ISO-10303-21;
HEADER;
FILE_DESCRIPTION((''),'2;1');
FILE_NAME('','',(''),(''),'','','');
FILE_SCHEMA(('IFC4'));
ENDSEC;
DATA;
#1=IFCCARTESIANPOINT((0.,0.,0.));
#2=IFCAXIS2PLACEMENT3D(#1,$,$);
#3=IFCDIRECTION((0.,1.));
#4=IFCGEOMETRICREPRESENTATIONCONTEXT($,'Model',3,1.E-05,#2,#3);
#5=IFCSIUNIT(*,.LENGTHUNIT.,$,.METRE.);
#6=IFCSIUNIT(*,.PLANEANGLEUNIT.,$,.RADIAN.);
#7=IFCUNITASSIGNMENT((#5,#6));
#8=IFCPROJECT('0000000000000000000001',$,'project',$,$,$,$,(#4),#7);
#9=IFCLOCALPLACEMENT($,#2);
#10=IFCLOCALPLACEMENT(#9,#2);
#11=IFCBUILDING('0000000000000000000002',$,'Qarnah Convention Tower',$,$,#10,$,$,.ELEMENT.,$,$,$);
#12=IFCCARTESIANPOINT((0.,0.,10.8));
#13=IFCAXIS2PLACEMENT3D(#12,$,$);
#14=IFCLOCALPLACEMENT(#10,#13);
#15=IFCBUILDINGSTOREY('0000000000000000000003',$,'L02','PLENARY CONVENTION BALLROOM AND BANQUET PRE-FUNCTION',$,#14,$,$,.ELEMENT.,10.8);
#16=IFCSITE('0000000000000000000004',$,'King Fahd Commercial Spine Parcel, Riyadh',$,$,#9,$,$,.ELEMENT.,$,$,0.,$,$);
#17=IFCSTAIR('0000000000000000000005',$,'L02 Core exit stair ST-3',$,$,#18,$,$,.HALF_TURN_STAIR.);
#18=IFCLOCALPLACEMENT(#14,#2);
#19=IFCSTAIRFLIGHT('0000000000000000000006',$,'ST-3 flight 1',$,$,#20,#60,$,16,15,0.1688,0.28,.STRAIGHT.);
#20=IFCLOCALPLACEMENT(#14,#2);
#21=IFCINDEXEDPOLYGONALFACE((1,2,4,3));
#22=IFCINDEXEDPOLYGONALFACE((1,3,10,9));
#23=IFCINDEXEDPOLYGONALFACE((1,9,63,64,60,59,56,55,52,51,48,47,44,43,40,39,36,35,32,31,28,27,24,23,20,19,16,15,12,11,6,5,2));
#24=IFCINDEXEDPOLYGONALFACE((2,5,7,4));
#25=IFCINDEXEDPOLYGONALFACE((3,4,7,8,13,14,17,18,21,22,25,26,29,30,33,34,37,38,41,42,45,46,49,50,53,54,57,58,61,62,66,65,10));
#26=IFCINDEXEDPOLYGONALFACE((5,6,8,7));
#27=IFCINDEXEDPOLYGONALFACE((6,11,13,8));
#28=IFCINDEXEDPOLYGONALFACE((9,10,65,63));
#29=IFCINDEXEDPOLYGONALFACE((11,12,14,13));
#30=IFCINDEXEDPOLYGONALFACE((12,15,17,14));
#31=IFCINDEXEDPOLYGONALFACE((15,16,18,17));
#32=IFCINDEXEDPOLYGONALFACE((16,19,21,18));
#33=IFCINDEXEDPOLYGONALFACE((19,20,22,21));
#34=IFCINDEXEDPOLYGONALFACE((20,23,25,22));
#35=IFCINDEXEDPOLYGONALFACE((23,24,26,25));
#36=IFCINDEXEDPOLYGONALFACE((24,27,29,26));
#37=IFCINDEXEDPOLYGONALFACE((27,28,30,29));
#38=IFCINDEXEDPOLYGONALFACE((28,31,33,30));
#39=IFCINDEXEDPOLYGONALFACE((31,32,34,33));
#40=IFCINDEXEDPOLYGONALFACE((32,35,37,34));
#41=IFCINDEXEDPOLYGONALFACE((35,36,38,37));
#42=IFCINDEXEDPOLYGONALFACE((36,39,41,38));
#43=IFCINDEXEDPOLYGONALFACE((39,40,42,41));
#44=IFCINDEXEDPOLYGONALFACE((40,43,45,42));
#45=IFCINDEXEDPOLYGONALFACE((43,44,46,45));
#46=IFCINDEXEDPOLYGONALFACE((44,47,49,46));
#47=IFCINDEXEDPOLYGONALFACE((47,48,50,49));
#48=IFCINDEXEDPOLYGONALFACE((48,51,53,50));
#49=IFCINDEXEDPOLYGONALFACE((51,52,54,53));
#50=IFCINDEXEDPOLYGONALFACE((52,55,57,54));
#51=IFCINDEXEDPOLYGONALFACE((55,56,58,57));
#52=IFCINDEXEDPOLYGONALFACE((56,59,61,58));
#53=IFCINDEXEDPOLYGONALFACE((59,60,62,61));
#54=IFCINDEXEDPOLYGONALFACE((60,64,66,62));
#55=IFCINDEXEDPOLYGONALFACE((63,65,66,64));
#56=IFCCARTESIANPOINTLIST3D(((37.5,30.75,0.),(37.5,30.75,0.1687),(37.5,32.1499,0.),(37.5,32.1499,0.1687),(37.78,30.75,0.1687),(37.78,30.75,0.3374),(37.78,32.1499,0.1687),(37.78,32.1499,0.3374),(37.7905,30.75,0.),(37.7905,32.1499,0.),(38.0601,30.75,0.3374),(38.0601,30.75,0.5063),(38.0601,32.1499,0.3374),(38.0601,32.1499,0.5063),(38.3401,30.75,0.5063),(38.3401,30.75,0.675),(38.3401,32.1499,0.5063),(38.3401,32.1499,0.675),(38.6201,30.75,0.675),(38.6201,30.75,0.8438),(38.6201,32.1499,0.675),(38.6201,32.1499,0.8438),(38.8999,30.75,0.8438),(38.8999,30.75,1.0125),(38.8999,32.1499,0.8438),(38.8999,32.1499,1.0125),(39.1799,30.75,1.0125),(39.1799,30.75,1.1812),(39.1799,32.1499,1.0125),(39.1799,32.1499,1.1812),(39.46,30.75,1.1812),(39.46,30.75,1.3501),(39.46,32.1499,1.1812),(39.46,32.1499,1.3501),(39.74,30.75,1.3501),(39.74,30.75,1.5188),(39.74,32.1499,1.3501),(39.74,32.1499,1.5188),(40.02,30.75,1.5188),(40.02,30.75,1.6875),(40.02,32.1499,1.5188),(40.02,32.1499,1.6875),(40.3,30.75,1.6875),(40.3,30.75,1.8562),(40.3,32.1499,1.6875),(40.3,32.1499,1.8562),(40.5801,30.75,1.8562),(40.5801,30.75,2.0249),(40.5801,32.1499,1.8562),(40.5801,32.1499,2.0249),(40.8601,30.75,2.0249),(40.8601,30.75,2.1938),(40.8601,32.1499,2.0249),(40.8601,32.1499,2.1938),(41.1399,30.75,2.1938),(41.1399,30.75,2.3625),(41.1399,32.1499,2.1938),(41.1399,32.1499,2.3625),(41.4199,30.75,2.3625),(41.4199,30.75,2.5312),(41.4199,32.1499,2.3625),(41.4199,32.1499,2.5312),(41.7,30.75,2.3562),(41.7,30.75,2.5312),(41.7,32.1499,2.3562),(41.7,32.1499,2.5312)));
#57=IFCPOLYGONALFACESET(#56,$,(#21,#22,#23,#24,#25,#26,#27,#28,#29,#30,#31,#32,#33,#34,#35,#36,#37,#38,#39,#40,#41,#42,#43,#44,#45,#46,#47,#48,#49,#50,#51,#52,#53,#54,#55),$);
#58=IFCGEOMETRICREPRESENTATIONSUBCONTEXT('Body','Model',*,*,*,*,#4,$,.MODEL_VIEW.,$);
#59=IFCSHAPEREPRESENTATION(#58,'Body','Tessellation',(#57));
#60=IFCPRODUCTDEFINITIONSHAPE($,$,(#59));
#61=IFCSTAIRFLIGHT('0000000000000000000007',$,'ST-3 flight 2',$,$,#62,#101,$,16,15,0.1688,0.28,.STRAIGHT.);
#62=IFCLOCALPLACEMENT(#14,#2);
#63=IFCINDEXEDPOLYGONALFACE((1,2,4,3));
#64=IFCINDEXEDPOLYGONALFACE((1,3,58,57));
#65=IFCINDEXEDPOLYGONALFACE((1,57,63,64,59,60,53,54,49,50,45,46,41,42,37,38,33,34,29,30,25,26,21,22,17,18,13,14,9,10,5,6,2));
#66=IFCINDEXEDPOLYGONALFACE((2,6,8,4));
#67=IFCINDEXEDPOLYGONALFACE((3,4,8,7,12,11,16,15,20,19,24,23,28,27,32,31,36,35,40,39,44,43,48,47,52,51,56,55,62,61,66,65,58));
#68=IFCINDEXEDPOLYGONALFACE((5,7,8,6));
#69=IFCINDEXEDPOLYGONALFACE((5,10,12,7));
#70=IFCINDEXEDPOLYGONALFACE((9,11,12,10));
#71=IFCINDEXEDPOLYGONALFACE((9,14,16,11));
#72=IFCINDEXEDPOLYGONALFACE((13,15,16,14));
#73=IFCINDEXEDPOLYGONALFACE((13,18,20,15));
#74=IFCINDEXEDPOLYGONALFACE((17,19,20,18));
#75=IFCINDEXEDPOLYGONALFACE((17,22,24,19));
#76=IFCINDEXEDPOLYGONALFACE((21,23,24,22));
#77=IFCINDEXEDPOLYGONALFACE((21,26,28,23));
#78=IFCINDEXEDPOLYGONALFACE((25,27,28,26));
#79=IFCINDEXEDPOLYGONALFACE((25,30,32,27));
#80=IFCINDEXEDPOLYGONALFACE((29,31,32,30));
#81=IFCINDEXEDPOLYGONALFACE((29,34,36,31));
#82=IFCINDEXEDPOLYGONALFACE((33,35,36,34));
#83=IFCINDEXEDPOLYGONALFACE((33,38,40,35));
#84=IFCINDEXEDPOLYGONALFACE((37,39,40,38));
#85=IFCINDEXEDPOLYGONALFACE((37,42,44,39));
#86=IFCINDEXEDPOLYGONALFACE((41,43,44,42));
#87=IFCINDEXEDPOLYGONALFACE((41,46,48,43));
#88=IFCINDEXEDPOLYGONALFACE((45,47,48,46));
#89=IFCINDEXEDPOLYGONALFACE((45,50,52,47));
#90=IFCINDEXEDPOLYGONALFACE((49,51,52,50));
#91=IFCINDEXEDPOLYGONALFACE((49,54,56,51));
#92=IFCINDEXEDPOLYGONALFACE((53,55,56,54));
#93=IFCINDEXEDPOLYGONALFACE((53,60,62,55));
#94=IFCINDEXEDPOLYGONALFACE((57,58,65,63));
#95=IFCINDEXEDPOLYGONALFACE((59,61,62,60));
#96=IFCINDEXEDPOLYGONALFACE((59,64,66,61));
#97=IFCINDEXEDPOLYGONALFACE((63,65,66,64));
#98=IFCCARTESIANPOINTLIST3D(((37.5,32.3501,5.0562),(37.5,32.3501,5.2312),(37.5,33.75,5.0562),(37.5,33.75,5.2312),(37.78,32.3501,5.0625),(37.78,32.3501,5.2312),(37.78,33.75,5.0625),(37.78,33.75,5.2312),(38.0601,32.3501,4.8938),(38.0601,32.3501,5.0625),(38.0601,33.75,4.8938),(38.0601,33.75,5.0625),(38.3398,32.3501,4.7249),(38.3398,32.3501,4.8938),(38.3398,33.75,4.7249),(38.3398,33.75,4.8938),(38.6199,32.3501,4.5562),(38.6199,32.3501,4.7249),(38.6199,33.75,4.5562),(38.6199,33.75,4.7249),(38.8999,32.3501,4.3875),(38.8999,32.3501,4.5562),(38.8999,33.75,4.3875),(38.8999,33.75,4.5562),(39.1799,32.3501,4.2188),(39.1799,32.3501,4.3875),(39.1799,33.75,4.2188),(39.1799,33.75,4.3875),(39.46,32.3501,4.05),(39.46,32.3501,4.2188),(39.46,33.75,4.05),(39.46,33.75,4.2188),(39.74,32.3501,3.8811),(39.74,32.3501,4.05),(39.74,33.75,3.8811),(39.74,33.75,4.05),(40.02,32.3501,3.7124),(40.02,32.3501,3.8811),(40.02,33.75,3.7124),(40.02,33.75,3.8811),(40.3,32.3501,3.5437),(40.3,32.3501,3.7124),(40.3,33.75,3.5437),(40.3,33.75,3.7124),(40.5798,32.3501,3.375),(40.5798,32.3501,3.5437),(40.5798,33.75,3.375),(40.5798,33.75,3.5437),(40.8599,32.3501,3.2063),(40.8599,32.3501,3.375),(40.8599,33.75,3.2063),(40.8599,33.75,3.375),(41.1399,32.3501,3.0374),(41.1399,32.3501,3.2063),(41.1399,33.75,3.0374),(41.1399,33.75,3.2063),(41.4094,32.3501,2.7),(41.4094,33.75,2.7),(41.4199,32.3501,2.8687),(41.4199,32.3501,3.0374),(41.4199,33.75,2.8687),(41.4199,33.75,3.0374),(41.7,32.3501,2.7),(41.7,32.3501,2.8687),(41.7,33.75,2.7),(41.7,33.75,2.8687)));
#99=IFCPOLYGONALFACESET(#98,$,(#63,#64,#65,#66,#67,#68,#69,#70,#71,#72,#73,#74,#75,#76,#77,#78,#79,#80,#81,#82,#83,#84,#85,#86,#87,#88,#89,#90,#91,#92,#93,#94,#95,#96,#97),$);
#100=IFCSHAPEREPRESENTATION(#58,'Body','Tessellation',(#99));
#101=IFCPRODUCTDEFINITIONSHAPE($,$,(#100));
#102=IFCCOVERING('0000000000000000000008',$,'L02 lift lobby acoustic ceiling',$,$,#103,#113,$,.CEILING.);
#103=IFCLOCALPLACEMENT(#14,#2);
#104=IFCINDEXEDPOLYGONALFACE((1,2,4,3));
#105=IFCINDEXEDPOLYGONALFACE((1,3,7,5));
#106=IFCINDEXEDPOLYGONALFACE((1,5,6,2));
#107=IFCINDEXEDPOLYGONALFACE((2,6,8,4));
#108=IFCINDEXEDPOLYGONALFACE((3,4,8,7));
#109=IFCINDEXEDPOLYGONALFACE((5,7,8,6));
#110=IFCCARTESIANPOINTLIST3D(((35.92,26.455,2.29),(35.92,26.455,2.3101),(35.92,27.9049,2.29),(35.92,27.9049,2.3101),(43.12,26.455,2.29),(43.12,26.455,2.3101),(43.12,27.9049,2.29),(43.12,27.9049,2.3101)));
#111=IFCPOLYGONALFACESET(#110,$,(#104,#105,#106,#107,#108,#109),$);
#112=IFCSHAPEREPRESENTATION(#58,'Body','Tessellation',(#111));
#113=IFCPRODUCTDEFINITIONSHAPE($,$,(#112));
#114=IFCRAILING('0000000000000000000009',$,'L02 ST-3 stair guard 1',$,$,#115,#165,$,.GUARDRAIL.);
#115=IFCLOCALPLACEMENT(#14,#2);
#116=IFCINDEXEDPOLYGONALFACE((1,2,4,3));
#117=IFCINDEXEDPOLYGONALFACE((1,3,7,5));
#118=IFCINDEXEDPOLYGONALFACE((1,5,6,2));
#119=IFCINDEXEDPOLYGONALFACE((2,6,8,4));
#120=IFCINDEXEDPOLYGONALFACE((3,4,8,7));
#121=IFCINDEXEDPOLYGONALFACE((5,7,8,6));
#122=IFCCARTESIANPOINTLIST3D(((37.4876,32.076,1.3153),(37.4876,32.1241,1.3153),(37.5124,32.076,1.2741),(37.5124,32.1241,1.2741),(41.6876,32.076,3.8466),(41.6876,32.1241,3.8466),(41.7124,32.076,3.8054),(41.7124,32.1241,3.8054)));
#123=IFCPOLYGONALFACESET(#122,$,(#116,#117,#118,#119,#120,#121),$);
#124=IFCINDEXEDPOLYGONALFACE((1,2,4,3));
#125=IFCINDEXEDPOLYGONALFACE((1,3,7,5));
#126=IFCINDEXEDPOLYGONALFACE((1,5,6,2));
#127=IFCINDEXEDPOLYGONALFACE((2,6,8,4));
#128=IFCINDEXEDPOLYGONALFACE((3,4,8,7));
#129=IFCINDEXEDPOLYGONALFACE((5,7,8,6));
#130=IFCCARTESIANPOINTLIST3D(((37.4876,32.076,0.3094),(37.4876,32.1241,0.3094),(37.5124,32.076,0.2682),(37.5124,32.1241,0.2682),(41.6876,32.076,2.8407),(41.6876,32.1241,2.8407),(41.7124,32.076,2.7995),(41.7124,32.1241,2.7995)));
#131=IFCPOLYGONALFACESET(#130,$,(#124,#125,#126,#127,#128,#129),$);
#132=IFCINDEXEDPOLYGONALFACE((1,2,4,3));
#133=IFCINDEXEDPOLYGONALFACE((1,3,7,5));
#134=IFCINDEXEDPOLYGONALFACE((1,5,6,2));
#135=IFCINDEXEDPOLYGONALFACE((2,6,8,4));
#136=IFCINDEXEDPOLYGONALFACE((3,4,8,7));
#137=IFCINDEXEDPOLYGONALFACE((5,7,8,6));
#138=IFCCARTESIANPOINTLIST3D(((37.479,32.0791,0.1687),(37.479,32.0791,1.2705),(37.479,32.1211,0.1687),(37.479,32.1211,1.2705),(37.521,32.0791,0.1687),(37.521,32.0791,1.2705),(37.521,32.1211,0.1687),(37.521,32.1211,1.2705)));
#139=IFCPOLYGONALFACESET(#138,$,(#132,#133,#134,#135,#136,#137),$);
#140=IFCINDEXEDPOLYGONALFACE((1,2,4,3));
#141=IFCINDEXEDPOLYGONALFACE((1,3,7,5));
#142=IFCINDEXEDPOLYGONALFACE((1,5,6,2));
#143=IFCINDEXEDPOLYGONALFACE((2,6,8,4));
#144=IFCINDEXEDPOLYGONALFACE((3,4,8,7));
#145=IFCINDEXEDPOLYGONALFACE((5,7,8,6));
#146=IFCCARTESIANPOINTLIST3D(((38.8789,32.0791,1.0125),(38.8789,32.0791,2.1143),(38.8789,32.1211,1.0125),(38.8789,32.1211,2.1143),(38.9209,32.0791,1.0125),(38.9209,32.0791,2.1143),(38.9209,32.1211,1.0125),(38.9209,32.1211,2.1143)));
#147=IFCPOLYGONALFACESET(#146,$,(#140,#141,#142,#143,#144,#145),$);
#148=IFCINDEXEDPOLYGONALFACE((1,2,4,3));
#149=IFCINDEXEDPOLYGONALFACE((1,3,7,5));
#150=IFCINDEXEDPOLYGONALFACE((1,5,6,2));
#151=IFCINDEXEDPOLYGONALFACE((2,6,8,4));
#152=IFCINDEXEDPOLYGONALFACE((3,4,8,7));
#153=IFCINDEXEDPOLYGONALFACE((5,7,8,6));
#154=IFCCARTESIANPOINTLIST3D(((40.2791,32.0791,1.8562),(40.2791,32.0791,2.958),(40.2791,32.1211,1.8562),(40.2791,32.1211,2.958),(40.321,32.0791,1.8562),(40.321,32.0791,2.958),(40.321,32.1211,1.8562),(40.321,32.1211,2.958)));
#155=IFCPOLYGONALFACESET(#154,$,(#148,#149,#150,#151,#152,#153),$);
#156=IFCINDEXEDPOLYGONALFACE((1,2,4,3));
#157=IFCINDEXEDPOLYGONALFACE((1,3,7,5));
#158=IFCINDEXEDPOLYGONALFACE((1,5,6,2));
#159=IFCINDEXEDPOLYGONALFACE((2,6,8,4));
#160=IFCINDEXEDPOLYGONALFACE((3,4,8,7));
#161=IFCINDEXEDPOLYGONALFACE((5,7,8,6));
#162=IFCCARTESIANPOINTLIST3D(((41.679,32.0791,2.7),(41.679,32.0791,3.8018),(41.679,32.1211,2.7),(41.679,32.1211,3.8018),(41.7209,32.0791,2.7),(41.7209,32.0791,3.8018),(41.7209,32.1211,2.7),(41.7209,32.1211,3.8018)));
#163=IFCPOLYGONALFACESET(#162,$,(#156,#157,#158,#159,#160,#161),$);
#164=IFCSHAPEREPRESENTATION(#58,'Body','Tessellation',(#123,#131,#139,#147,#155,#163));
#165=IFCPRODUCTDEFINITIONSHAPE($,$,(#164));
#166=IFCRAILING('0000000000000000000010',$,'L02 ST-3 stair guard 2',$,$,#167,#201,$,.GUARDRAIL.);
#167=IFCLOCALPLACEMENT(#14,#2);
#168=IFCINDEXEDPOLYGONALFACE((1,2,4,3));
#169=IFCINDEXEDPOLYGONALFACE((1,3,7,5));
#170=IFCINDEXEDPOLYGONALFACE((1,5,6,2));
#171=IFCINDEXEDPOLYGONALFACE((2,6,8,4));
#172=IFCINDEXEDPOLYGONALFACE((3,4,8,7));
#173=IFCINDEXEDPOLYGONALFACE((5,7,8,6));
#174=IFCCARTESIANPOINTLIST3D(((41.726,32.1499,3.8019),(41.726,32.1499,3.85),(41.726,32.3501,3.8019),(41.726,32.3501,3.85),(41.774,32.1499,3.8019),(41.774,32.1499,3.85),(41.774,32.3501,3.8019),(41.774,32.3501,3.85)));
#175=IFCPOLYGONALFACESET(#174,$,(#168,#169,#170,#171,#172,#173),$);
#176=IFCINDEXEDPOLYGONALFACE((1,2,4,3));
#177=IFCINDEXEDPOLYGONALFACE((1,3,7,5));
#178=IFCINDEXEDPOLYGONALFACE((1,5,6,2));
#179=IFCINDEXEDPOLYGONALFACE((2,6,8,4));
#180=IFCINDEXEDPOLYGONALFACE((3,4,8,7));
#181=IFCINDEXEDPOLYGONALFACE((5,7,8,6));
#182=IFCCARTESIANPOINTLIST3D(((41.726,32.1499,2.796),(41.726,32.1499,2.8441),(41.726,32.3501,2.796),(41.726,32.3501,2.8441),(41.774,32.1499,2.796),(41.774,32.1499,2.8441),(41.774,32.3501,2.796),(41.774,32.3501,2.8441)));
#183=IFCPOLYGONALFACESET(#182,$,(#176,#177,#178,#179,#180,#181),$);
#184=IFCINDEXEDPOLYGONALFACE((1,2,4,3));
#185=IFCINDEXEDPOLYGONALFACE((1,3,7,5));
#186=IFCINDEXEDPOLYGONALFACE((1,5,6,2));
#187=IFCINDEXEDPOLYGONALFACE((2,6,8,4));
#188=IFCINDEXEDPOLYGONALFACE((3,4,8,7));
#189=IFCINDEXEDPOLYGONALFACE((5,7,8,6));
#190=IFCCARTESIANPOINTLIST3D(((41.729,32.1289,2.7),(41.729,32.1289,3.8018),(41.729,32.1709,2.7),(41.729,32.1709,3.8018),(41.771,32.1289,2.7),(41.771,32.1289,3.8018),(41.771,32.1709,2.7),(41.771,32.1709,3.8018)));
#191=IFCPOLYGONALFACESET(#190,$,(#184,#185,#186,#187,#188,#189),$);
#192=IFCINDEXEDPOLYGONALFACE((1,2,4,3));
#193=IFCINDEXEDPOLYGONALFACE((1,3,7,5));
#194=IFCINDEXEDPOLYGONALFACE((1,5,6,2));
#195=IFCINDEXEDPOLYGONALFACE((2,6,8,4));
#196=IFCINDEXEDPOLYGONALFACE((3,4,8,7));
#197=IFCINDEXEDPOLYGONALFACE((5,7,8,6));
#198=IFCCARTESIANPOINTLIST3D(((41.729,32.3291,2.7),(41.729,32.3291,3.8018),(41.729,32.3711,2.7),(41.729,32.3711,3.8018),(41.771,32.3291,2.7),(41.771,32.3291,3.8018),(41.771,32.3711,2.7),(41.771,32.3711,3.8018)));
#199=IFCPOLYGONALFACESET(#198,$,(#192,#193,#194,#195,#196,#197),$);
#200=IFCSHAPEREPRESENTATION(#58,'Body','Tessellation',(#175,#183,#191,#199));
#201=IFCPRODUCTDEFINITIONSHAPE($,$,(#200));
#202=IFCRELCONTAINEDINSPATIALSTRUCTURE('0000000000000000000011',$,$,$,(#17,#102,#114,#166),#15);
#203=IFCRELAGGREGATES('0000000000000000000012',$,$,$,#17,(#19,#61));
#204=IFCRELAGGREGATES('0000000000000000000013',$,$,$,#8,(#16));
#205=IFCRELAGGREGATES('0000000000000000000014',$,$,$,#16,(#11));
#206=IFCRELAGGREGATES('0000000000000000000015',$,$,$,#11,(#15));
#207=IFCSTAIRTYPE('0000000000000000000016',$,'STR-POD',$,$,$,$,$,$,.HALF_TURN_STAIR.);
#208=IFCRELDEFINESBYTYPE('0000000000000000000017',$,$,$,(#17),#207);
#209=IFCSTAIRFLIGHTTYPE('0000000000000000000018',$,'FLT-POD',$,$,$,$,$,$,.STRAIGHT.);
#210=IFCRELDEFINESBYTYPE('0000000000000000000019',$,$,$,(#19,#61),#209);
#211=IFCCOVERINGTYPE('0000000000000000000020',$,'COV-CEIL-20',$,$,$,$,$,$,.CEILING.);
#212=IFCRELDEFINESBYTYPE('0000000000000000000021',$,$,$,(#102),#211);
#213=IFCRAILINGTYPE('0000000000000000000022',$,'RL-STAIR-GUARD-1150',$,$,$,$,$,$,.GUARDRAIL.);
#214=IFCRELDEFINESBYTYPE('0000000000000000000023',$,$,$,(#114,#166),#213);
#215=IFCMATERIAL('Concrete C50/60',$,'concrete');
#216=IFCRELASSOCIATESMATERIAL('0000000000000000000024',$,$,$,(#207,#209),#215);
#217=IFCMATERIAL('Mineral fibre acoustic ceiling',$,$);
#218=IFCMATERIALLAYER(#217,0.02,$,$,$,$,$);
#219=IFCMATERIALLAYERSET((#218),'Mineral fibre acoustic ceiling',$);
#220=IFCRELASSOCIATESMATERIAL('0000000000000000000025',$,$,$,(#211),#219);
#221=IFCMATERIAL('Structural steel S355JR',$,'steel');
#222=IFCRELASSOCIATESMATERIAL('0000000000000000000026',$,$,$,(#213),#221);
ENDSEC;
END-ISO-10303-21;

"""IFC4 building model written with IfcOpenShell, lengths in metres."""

from ifc_helpers import new_model, si_unit, direction, frame, origin, origin_2d, place, context, subcontext, project, spatial, polyline, rectangle, outline, extrude, material, layer, layer_set, type_object, element, aggregate, save


model = new_model("IFC4")

# Units and contexts
model_context = context("Model", 3, precision=1e-05, world=origin(), true_north=direction((0.0, 1.0)))
body_context = subcontext(model_context, "Body", "Model", "MODEL_VIEW")
ifc_project = project(units=[si_unit("LENGTHUNIT", "METRE"), si_unit("PLANEANGLEUNIT", "RADIAN")], contexts=[model_context])

# Site, building, storey
site_placement = place(None, origin())
site = spatial("IfcSite", under=ifc_project, at=site_placement, Name="King Fahd Commercial Spine Parcel, Riyadh", CompositionType="ELEMENT", RefElevation=0.0)
building_placement = place(site_placement, origin())
building = spatial("IfcBuilding", under=site, at=building_placement, Name="Qarnah Convention Tower", CompositionType="ELEMENT")
storey_placement = place(building_placement, frame((0.0, 0.0, 10.8)))
storey = spatial("IfcBuildingStorey", under=building, at=storey_placement, Name="L02", Description="PLENARY CONVENTION BALLROOM AND BANQUET PRE-FUNCTION", CompositionType="ELEMENT", Elevation=10.8)

# Shared definitions
ifc_material_1 = material(Name="Structural steel S355JR", Category="steel")

# Stair, stair flights
ifc_material_2 = material(Name="Concrete C50/60", Category="concrete")
stair_type = type_object("IfcStairType", Name="STR-POD", PredefinedType="HALF_TURN_STAIR", material=ifc_material_2)
stair_placement = place(storey_placement, origin())
stair = element("IfcStair", 1, at=stair_placement, inside=storey, type_object=stair_type, Name="L02 Core exit stair ST-3", PredefinedType="HALF_TURN_STAIR")
stair_flight_type = type_object("IfcStairFlightType", Name="FLT-POD", PredefinedType="STRAIGHT", material=ifc_material_2)
stair_flight_1_placement = place(storey_placement, frame((37.5, 31.45, 0.0), z_axis=(0.0, 0.0, 1.0), x_axis=(1.0, 0.0, 0.0)))
stair_flight_1 = element("IfcStairFlight", 2, at=stair_flight_1_placement, type_object=stair_flight_type, Name="ST-3 flight 1", NumberOfRisers=16, NumberOfTreads=15, PredefinedType="STRAIGHT", RiserHeight=0.1688, TreadLength=0.28, context=body_context, shape_type="SweptSolid", body=[
    extrude(outline(polyline([(0.0, 0.0), (0.0, 0.1687), (0.28, 0.1687), (0.28, 0.3374), (0.5601, 0.3374), (0.5601, 0.5063), (0.8401, 0.5063), (0.8401, 0.675), (1.1201, 0.675), (1.1201, 0.8438), (1.3999, 0.8438), (1.3999, 1.0125), (1.6799, 1.0125), (1.6799, 1.1812), (1.96, 1.1812), (1.96, 1.3501), (2.24, 1.3501), (2.24, 1.5188), (2.52, 1.5188), (2.52, 1.6875), (2.8, 1.6875), (2.8, 1.8562), (3.0801, 1.8562), (3.0801, 2.0249), (3.3601, 2.0249), (3.3601, 2.1938), (3.6399, 2.1938), (3.6399, 2.3625), (3.9199, 2.3625), (3.9199, 2.5312), (4.2, 2.5312), (4.2, 2.7), (4.2, 2.3562), (0.2905, 0.0), (0.0, 0.0)])), frame((0.0, 0.7, 0.0), z_axis=(0.0, -1.0, 0.0), x_axis=(1.0, 0.0, 0.0)), (0.0, 0.0, 1.0), 1.3999),
])
stair_flight_2_placement = place(storey_placement, frame((41.7, 33.05, 2.7), z_axis=(0.0, 0.0, 1.0), x_axis=(-1.0, 0.0, 0.0)))
stair_flight_2 = element("IfcStairFlight", 3, at=stair_flight_2_placement, type_object=stair_flight_type, Name="ST-3 flight 2", NumberOfRisers=16, NumberOfTreads=15, PredefinedType="STRAIGHT", RiserHeight=0.1688, TreadLength=0.28, context=body_context, shape_type="SweptSolid", body=[
    extrude(outline(polyline([(0.0, 0.0), (0.0, 0.1687), (0.28, 0.1687), (0.28, 0.3374), (0.5601, 0.3374), (0.5601, 0.5063), (0.8401, 0.5063), (0.8401, 0.675), (1.1201, 0.675), (1.1201, 0.8438), (1.3999, 0.8438), (1.3999, 1.0125), (1.6799, 1.0125), (1.6799, 1.1812), (1.96, 1.1812), (1.96, 1.3501), (2.24, 1.3501), (2.24, 1.5188), (2.52, 1.5188), (2.52, 1.6875), (2.8, 1.6875), (2.8, 1.8562), (3.0801, 1.8562), (3.0801, 2.0249), (3.3601, 2.0249), (3.3601, 2.1938), (3.6399, 2.1938), (3.6399, 2.3625), (3.9199, 2.3625), (3.9199, 2.5312), (4.2, 2.5312), (4.2, 2.7), (4.2, 2.3562), (0.2905, 0.0), (0.0, 0.0)])), frame((0.0, 0.7, 0.0), z_axis=(0.0, -1.0, 0.0), x_axis=(1.0, 0.0, 0.0)), (0.0, 0.0, 1.0), 1.3999),
])
aggregate(stair, [stair_flight_1, stair_flight_2])

# Covering
ifc_material_3 = material(Name="Mineral fibre acoustic ceiling")
ifc_layer_1 = layer(ifc_material_3, 0.02)
ifc_layer_set_1 = layer_set([ifc_layer_1], Name="Mineral fibre acoustic ceiling")
covering_type = type_object("IfcCoveringType", Name="COV-CEIL-20", PredefinedType="CEILING", material=ifc_layer_set_1)
covering_placement = place(storey_placement, frame((39.52, 27.1799, 2.29), z_axis=(0.0, 0.0, 1.0), x_axis=(1.0, 0.0, 0.0)))
element("IfcCovering", 4, at=covering_placement, inside=storey, type_object=covering_type, Name="L02 lift lobby acoustic ceiling", PredefinedType="CEILING", context=body_context, shape_type="SweptSolid", body=[
    extrude(rectangle(XDim=7.2, YDim=1.45, at=origin_2d()), origin(), (0.0, 0.0, 1.0), 0.02),
])

# Railings
railing_type_1 = type_object("IfcRailingType", Name="RL-STAIR-GUARD-1150", PredefinedType="GUARDRAIL", material=ifc_material_1)
railing_1_placement = place(storey_placement, frame((37.5, 32.1001, 0.1687)))
element("IfcRailing", 5, at=railing_1_placement, inside=storey, type_object=railing_type_1, Name="L02 ST-3 stair guard 1", PredefinedType="GUARDRAIL", context=body_context, shape_type="SweptSolid", body=[
    extrude(rectangle(XDim=0.0481, YDim=0.0481, at=origin_2d()), frame((0.0, 0.0, 1.126), z_axis=(0.856476, 0.0, 0.516186), x_axis=(0.0, 1.0, 0.0)), (0.0, 0.0, 1.0), 4.9038),
    extrude(rectangle(XDim=0.0481, YDim=0.0481, at=origin_2d()), frame((0.0, 0.0, 0.1201), z_axis=(0.856476, 0.0, 0.516186), x_axis=(0.0, 1.0, 0.0)), (0.0, 0.0, 1.0), 4.9038),
    extrude(rectangle(XDim=0.042, YDim=0.042, at=origin_2d()), origin(), (0.0, 0.0, 1.0), 1.1018),
    extrude(rectangle(XDim=0.042, YDim=0.042, at=origin_2d()), frame((1.3999, 0.0, 0.8438)), (0.0, 0.0, 1.0), 1.1018),
    extrude(rectangle(XDim=0.042, YDim=0.042, at=origin_2d()), frame((2.8, 0.0, 1.6875)), (0.0, 0.0, 1.0), 1.1018),
    extrude(rectangle(XDim=0.042, YDim=0.042, at=origin_2d()), frame((4.2, 0.0, 2.5312)), (0.0, 0.0, 1.0), 1.1018),
])
railing_2_placement = place(storey_placement, frame((41.75, 32.1499, 2.7)))
element("IfcRailing", 6, at=railing_2_placement, inside=storey, type_object=railing_type_1, Name="L02 ST-3 stair guard 2", PredefinedType="GUARDRAIL", context=body_context, shape_type="SweptSolid", body=[
    extrude(rectangle(XDim=0.0481, YDim=0.0481, at=origin_2d()), frame((0.0, 0.0, 1.126), z_axis=(0.0, 1.0, 0.0), x_axis=(-1.0, 0.0, 0.0)), (0.0, 0.0, 1.0), 0.2002),
    extrude(rectangle(XDim=0.0481, YDim=0.0481, at=origin_2d()), frame((0.0, 0.0, 0.1201), z_axis=(0.0, 1.0, 0.0), x_axis=(-1.0, 0.0, 0.0)), (0.0, 0.0, 1.0), 0.2002),
    extrude(rectangle(XDim=0.042, YDim=0.042, at=origin_2d()), origin(), (0.0, 0.0, 1.0), 1.1018),
    extrude(rectangle(XDim=0.042, YDim=0.042, at=origin_2d()), frame((0.0, 0.2002, 0.0)), (0.0, 0.0, 1.0), 1.1018),
])

save(model, "model.ifc")
